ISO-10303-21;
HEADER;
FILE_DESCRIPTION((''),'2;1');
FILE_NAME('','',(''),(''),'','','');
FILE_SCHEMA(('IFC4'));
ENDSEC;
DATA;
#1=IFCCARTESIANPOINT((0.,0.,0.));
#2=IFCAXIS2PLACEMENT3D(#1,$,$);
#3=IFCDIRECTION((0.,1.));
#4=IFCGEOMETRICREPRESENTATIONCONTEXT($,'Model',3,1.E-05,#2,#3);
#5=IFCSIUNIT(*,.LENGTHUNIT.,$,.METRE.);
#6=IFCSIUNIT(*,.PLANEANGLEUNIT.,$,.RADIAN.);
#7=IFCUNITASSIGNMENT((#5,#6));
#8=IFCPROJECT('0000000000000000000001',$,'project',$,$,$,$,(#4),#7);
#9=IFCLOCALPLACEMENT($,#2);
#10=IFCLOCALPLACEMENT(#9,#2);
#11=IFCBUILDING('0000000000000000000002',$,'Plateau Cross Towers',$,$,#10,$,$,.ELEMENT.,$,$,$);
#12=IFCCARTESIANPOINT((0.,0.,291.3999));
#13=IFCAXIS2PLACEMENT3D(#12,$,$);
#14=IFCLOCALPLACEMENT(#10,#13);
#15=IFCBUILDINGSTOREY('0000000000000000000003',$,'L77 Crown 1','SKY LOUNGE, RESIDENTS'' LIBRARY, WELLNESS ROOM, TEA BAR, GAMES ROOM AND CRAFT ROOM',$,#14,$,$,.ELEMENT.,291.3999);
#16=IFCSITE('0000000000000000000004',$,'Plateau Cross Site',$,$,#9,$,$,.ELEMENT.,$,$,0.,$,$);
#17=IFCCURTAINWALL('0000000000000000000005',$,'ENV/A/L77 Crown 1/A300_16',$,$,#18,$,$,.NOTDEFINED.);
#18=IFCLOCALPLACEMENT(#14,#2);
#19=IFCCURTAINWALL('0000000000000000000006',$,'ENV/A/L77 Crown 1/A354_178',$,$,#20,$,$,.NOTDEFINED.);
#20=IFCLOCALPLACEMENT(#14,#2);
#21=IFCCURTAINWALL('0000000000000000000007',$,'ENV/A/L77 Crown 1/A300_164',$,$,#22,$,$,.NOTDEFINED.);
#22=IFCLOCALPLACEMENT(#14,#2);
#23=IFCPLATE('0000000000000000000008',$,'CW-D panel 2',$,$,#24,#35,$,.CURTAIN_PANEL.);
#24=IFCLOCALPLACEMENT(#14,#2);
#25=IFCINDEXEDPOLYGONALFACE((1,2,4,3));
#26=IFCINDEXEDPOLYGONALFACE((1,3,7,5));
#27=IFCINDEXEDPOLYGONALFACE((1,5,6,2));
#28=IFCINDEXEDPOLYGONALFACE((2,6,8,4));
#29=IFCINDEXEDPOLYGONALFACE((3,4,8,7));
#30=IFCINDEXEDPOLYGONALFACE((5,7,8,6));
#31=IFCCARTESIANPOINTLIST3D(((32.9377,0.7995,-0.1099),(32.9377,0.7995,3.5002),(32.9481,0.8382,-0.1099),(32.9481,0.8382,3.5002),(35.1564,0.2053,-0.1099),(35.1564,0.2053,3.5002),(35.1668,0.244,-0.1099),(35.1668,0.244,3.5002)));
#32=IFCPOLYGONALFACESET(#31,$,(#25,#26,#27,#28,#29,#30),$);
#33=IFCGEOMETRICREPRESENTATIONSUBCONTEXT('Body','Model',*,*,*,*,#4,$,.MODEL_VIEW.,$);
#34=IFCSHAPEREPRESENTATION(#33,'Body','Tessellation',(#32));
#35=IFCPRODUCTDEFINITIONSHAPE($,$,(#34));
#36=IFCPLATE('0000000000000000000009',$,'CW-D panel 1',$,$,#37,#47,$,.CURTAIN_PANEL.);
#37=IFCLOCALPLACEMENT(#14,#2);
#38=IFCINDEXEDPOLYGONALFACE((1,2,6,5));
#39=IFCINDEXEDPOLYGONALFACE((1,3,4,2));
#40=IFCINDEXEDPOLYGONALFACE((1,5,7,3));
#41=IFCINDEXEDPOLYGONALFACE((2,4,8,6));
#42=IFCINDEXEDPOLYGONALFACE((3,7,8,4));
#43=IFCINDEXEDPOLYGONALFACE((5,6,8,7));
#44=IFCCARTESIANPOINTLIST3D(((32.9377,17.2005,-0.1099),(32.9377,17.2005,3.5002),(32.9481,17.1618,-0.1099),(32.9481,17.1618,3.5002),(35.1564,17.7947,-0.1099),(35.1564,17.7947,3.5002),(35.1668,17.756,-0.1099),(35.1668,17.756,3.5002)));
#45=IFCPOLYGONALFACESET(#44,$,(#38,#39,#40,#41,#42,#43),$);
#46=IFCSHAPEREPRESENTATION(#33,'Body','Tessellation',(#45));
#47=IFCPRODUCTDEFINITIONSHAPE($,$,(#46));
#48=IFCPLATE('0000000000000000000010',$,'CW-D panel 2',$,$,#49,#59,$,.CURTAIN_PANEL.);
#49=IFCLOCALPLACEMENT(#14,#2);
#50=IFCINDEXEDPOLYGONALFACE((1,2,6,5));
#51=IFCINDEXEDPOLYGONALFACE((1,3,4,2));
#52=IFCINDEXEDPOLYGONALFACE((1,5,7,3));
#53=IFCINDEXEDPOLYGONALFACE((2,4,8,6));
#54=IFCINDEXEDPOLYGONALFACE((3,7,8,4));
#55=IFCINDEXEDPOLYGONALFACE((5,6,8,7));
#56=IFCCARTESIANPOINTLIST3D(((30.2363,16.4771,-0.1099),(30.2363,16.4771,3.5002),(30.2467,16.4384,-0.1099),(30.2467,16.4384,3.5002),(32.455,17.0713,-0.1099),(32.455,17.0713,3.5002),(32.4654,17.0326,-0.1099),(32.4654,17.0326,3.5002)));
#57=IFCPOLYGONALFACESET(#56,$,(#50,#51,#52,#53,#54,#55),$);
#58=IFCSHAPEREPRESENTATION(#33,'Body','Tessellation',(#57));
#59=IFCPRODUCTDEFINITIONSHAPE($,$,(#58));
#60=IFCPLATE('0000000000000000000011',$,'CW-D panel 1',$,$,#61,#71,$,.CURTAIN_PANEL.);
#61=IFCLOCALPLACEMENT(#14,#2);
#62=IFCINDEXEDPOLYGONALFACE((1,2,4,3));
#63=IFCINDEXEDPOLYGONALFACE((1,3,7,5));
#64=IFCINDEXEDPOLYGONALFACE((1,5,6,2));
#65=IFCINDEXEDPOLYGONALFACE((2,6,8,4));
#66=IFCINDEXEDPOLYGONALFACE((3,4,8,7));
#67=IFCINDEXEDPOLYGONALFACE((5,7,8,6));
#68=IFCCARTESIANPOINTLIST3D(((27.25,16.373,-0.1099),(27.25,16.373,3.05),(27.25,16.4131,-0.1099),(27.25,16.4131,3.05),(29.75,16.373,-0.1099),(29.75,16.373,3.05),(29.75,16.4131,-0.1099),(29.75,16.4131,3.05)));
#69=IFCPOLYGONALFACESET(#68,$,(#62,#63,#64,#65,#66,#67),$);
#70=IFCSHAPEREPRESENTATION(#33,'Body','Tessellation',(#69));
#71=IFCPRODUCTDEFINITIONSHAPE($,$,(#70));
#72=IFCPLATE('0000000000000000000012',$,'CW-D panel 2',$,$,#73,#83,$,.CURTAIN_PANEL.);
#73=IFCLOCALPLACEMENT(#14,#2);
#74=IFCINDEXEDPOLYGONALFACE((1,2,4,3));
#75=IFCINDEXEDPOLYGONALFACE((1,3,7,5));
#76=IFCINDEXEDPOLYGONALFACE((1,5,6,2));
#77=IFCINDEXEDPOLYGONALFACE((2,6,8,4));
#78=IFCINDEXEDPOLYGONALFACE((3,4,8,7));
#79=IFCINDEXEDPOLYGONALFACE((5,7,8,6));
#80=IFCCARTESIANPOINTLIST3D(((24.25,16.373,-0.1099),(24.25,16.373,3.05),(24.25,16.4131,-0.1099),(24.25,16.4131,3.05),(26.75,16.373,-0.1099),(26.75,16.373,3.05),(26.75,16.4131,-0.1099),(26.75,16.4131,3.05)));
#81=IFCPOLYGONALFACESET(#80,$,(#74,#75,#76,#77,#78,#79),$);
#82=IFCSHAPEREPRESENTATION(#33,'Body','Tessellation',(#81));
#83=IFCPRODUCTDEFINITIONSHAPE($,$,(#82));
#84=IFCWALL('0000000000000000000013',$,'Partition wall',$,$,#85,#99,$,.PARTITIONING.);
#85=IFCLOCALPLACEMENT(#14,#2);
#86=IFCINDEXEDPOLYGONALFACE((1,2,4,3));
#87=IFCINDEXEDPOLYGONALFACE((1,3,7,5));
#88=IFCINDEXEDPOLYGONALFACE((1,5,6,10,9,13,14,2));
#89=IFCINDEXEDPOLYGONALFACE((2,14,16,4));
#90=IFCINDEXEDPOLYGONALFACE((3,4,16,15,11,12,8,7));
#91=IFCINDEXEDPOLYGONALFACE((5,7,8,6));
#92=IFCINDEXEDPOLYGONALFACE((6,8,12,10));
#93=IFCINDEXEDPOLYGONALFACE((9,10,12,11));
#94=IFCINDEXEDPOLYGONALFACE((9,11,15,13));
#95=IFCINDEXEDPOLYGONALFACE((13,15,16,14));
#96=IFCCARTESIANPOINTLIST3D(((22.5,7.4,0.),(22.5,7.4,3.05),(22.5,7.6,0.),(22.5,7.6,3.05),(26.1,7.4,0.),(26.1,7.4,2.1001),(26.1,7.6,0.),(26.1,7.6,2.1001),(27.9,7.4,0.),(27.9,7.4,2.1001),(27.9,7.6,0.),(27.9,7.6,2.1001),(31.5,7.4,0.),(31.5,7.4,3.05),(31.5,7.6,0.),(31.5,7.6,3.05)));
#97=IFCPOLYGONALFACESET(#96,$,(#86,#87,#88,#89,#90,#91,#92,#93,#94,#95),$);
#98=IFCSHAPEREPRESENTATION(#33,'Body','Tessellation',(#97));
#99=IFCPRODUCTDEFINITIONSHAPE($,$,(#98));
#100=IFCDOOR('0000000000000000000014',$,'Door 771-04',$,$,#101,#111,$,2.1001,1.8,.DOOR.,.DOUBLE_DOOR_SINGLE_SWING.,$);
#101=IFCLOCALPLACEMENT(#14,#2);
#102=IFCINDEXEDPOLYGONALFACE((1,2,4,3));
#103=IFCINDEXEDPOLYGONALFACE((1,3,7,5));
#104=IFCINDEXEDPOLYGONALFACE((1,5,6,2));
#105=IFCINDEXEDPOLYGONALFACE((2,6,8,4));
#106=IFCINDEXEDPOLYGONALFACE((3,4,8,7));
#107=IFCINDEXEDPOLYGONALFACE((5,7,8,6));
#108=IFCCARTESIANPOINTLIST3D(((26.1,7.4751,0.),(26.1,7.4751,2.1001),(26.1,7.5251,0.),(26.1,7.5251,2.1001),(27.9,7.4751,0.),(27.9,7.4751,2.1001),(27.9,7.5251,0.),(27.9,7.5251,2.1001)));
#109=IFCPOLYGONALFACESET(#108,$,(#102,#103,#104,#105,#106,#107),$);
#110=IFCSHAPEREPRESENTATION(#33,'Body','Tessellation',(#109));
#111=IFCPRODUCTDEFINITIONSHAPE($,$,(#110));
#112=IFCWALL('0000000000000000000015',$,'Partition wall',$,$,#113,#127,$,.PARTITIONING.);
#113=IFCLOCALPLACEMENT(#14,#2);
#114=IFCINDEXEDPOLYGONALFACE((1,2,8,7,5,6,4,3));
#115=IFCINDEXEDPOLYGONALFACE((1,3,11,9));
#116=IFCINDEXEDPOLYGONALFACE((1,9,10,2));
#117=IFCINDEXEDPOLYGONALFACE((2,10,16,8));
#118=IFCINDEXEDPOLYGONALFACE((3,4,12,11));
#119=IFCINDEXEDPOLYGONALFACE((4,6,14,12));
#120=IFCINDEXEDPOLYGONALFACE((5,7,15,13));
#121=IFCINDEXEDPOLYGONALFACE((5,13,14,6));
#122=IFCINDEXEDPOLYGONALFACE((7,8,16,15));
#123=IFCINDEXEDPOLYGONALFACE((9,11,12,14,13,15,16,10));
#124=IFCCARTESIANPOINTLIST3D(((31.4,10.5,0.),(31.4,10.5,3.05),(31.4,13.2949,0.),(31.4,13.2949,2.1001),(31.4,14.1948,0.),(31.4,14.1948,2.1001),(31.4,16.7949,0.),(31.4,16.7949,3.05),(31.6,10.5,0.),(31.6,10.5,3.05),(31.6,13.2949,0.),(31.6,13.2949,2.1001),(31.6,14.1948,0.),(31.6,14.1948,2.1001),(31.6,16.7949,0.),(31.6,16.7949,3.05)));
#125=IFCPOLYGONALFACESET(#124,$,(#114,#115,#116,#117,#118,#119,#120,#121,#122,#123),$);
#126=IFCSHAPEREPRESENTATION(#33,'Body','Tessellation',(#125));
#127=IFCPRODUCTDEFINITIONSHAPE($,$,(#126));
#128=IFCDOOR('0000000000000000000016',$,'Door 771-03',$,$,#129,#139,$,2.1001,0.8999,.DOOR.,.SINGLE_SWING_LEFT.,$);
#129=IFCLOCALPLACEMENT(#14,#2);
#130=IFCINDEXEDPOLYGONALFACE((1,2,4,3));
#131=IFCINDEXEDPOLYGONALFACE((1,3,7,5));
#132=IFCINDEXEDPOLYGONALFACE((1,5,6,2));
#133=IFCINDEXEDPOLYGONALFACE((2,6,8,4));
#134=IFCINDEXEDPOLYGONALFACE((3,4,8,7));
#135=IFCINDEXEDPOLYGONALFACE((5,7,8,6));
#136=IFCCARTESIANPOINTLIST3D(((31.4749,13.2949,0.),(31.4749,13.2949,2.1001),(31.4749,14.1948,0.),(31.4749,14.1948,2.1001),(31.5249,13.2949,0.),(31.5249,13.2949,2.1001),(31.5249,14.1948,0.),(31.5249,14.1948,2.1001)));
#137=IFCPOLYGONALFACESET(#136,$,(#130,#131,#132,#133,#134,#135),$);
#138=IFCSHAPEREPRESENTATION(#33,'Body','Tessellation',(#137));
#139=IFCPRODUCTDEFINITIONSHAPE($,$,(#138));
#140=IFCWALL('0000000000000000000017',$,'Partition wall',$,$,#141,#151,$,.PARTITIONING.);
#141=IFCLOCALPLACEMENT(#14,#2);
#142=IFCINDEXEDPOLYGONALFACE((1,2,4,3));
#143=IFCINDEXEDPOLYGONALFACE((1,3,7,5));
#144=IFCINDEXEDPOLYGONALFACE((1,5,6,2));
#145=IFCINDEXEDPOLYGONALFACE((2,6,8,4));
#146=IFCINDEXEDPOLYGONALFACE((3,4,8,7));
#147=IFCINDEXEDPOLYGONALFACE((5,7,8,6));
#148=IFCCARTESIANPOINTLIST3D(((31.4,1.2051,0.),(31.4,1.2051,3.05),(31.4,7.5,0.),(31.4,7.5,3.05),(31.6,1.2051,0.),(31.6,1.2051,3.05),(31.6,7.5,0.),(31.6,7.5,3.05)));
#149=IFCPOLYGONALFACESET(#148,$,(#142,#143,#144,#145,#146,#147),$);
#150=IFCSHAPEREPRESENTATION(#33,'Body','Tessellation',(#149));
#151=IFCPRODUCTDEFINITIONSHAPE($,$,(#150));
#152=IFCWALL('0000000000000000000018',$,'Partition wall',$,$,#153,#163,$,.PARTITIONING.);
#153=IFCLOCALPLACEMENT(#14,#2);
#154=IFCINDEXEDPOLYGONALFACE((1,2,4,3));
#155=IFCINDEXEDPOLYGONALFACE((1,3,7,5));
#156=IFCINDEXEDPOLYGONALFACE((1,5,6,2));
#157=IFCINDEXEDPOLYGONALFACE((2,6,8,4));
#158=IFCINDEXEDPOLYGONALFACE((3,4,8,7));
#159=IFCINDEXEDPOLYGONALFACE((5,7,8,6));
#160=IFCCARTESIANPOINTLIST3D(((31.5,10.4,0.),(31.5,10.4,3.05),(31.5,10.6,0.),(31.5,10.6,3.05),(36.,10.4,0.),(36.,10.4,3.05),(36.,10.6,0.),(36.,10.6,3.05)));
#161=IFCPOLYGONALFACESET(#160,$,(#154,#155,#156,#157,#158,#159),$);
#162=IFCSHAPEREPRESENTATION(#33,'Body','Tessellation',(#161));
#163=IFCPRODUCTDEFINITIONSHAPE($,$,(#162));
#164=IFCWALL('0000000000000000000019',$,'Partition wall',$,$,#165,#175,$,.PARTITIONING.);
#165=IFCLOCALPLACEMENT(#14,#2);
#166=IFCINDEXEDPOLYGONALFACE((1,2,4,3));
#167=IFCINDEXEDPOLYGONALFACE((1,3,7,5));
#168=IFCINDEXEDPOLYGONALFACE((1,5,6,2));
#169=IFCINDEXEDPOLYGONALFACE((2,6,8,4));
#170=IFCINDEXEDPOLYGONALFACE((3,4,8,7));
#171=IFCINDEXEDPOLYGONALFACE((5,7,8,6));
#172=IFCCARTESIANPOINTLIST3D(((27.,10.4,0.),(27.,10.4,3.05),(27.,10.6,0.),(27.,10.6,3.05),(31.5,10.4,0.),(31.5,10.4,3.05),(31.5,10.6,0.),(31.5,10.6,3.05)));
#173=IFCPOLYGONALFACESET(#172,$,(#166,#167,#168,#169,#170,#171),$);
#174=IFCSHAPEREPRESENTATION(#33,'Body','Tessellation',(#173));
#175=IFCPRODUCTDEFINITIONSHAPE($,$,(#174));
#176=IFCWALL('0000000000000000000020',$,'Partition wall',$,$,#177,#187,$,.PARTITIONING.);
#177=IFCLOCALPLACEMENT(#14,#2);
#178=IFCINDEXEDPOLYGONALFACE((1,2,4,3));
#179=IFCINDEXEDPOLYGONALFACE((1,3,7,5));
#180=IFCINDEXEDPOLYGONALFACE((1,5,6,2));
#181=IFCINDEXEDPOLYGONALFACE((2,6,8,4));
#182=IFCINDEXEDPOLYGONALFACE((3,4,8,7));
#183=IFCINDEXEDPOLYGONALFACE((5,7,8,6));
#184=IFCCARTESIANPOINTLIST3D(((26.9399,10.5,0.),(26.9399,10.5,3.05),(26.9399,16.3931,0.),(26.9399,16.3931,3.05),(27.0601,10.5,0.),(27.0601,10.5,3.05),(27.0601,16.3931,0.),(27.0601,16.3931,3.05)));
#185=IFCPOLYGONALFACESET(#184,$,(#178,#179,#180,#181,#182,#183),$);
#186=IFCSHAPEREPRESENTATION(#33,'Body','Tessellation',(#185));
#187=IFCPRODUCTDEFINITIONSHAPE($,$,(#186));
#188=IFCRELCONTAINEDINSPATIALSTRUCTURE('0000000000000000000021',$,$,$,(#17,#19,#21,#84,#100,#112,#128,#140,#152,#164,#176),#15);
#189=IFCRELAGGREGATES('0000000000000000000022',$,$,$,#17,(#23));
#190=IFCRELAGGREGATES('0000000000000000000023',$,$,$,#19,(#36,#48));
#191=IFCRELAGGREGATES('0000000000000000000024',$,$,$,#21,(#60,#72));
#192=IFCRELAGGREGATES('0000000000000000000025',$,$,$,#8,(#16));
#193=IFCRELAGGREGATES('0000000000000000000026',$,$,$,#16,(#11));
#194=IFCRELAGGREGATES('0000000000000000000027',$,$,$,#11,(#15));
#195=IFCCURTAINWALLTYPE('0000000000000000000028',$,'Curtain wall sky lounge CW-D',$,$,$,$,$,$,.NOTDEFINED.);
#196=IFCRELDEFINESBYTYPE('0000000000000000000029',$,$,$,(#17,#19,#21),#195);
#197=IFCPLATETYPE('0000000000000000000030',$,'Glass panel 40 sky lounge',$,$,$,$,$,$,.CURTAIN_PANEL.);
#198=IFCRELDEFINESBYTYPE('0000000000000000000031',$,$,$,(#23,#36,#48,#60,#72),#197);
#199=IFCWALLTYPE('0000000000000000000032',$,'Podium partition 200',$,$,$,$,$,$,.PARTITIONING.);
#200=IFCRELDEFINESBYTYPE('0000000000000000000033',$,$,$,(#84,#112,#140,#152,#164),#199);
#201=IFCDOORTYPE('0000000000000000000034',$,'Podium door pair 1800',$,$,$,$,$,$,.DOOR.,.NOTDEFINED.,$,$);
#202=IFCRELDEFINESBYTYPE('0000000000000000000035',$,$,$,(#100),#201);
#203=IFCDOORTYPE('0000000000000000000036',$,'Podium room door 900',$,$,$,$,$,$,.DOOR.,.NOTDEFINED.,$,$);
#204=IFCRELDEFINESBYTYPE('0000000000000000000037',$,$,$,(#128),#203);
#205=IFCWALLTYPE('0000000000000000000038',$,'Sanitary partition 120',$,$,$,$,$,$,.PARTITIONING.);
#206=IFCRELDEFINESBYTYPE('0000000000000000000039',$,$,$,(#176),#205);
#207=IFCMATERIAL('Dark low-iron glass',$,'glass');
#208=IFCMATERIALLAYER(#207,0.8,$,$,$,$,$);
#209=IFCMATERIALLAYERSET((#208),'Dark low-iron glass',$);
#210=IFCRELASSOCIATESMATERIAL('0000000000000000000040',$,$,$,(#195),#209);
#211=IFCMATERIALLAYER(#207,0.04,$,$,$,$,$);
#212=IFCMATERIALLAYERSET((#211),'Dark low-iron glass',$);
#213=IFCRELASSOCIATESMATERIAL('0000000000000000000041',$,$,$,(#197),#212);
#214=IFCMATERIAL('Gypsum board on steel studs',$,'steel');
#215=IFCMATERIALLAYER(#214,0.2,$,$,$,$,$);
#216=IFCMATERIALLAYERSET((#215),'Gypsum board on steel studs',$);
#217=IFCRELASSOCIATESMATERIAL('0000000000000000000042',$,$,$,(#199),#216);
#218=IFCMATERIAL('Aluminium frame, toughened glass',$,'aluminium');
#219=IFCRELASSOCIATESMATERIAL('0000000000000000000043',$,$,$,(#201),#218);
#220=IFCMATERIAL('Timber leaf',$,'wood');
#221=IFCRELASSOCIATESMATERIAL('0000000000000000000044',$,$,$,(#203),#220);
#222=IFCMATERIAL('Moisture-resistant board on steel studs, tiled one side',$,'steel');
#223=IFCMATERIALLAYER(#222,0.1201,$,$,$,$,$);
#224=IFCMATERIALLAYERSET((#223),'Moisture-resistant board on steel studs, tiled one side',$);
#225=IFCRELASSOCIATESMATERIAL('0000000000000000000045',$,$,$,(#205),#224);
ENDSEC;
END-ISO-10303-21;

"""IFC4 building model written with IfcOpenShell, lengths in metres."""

from ifc_helpers import new_model, si_unit, direction, frame, frame_2d, origin, origin_2d, place, context, subcontext, project, spatial, rectangle, extrude, material, layer, layer_set, type_object, element, fill, aggregate, save


model = new_model("IFC4")

# Units and contexts
model_context = context("Model", 3, precision=1e-05, world=origin(), true_north=direction((0.0, 1.0)))
body_context = subcontext(model_context, "Body", "Model", "MODEL_VIEW")
ifc_project = project(units=[si_unit("LENGTHUNIT", "METRE"), si_unit("PLANEANGLEUNIT", "RADIAN")], contexts=[model_context])

# Site, building, storey
site_placement = place(None, origin())
site = spatial("IfcSite", under=ifc_project, at=site_placement, Name="Plateau Cross Site", CompositionType="ELEMENT", RefElevation=0.0)
building_placement = place(site_placement, origin())
building = spatial("IfcBuilding", under=site, at=building_placement, Name="Plateau Cross Towers", CompositionType="ELEMENT")
storey_placement = place(building_placement, frame((0.0, 0.0, 291.3999)))
storey = spatial("IfcBuildingStorey", under=building, at=storey_placement, Name="L77 Crown 1", Description="SKY LOUNGE, RESIDENTS' LIBRARY, WELLNESS ROOM, TEA BAR, GAMES ROOM AND CRAFT ROOM", CompositionType="ELEMENT", Elevation=291.3999)

# Shared definitions
ifc_material_1 = material(Name="Dark low-iron glass", Category="glass")
ifc_layer_1 = layer(ifc_material_1, 0.8)
ifc_layer_set_1 = layer_set([ifc_layer_1], Name="Dark low-iron glass")
curtain_wall_type = type_object("IfcCurtainWallType", Name="Curtain wall sky lounge CW-D", PredefinedType="NOTDEFINED", material=ifc_layer_set_1)

# Curtain walls
curtain_wall_1_placement = place(storey_placement, origin())
curtain_wall_1 = element("IfcCurtainWall", 1, at=curtain_wall_1_placement, inside=storey, type_object=curtain_wall_type, Name="ENV/A/L77 Crown 1/A300_16", PredefinedType="NOTDEFINED")
curtain_wall_2_placement = place(storey_placement, origin())
curtain_wall_2 = element("IfcCurtainWall", 2, at=curtain_wall_2_placement, inside=storey, type_object=curtain_wall_type, Name="ENV/A/L77 Crown 1/A354_178", PredefinedType="NOTDEFINED")
curtain_wall_3_placement = place(storey_placement, origin())
curtain_wall_3 = element("IfcCurtainWall", 3, at=curtain_wall_3_placement, inside=storey, type_object=curtain_wall_type, Name="ENV/A/L77 Crown 1/A300_164", PredefinedType="NOTDEFINED")

# Plates
ifc_layer_2 = layer(ifc_material_1, 0.04)
ifc_layer_set_2 = layer_set([ifc_layer_2], Name="Dark low-iron glass")
plate_type = type_object("IfcPlateType", Name="Glass panel 40 sky lounge", PredefinedType="CURTAIN_PANEL", material=ifc_layer_set_2)
plate_1_placement = place(storey_placement, frame((34.0522, 0.5217, -0.1099), z_axis=(0.0, 0.0, 1.0), x_axis=(0.965958, -0.258699, 0.0)))
plate_1 = element("IfcPlate", 4, at=plate_1_placement, type_object=plate_type, Name="CW-D panel 2", PredefinedType="CURTAIN_PANEL", context=body_context, shape_type="SweptSolid", body=[
    extrude(rectangle(XDim=2.2969, YDim=0.04, at=origin_2d()), origin(), (0.0, 0.0, 1.0), 3.6101),
])
aggregate(curtain_wall_1, [plate_1])
plate_2_placement = place(storey_placement, frame((34.0522, 17.4783, -0.1099), z_axis=(0.0, 0.0, 1.0), x_axis=(-0.965958, -0.258699, 0.0)))
plate_2 = element("IfcPlate", 5, at=plate_2_placement, type_object=plate_type, Name="CW-D panel 1", PredefinedType="CURTAIN_PANEL", context=body_context, shape_type="SweptSolid", body=[
    extrude(rectangle(XDim=2.2969, YDim=0.04, at=origin_2d()), origin(), (0.0, 0.0, 1.0), 3.6101),
])
plate_3_placement = place(storey_placement, frame((31.3508, 16.7549, -0.1099), z_axis=(0.0, 0.0, 1.0), x_axis=(-0.965958, -0.258699, 0.0)))
plate_3 = element("IfcPlate", 6, at=plate_3_placement, type_object=plate_type, Name="CW-D panel 2", PredefinedType="CURTAIN_PANEL", context=body_context, shape_type="SweptSolid", body=[
    extrude(rectangle(XDim=2.2969, YDim=0.04, at=origin_2d()), origin(), (0.0, 0.0, 1.0), 3.6101),
])
aggregate(curtain_wall_2, [plate_2, plate_3])
plate_4_placement = place(storey_placement, frame((28.5, 16.3931, -0.1099), z_axis=(0.0, 0.0, 1.0), x_axis=(-1.0, 0.0, 0.0)))
plate_4 = element("IfcPlate", 7, at=plate_4_placement, type_object=plate_type, Name="CW-D panel 1", PredefinedType="CURTAIN_PANEL", context=body_context, shape_type="SweptSolid", body=[
    extrude(rectangle(XDim=2.5, YDim=0.04, at=origin_2d()), origin(), (0.0, 0.0, 1.0), 3.1599),
])
plate_5_placement = place(storey_placement, frame((25.5, 16.3931, -0.1099), z_axis=(0.0, 0.0, 1.0), x_axis=(-1.0, 0.0, 0.0)))
plate_5 = element("IfcPlate", 8, at=plate_5_placement, type_object=plate_type, Name="CW-D panel 2", PredefinedType="CURTAIN_PANEL", context=body_context, shape_type="SweptSolid", body=[
    extrude(rectangle(XDim=2.5, YDim=0.04, at=origin_2d()), origin(), (0.0, 0.0, 1.0), 3.1599),
])
aggregate(curtain_wall_3, [plate_4, plate_5])

# Walls, openings, doors
ifc_material_2 = material(Name="Gypsum board on steel studs", Category="steel")
ifc_layer_3 = layer(ifc_material_2, 0.2)
ifc_layer_set_3 = layer_set([ifc_layer_3], Name="Gypsum board on steel studs")
wall_type_1 = type_object("IfcWallType", Name="Podium partition 200", PredefinedType="PARTITIONING", material=ifc_layer_set_3)
wall_1_placement = place(storey_placement, frame((31.5, 7.5, 0.0), z_axis=(0.0, 0.0, 1.0), x_axis=(-1.0, 0.0, 0.0)))
wall_1 = element("IfcWall", 9, at=wall_1_placement, inside=storey, type_object=wall_type_1, Name="Partition wall", PredefinedType="PARTITIONING", context=body_context, shape_type="SweptSolid", body=[
    extrude(rectangle(XDim=9.0, YDim=0.2, at=frame_2d((4.5, 0.0))), origin(), (0.0, 0.0, 1.0), 3.05),
])
opening_1_placement = place(wall_1_placement, frame((3.6001, 0.0, 0.0)))
opening_1 = element("IfcOpeningElement", 10, at=opening_1_placement, cuts=wall_1, PredefinedType="OPENING", context=body_context, shape_type="SweptSolid", body=[
    extrude(rectangle(XDim=1.8, YDim=2.1001, at=frame_2d((0.8999, 1.05))), frame((0.0, 0.1099, 0.0), z_axis=(0.0, -1.0, 0.0), x_axis=(1.0, 0.0, 0.0)), (0.0, 0.0, 1.0), 0.22),
])
ifc_material_3 = material(Name="Aluminium frame, toughened glass", Category="aluminium")
door_type_1 = type_object("IfcDoorType", Name="Podium door pair 1800", OperationType="NOTDEFINED", PredefinedType="DOOR", material=ifc_material_3)
door_1_placement = place(opening_1_placement, origin())
door_1 = element("IfcDoor", 11, at=door_1_placement, inside=storey, type_object=door_type_1, Name="Door 771-04", OperationType="DOUBLE_DOOR_SINGLE_SWING", OverallHeight=2.1001, OverallWidth=1.8, PredefinedType="DOOR", context=body_context, shape_type="SweptSolid", body=[
    extrude(rectangle(XDim=1.8, YDim=2.1001, at=frame_2d((0.8999, 1.05))), frame((0.0, 0.0249, 0.0), z_axis=(0.0, -1.0, 0.0), x_axis=(1.0, 0.0, 0.0)), (0.0, 0.0, 1.0), 0.05),
])
fill(opening_1, door_1)
wall_2_placement = place(storey_placement, frame((31.5, 16.7949, 0.0), z_axis=(0.0, 0.0, 1.0), x_axis=(0.0, -1.0, 0.0)))
wall_2 = element("IfcWall", 12, at=wall_2_placement, inside=storey, type_object=wall_type_1, Name="Partition wall", PredefinedType="PARTITIONING", context=body_context, shape_type="SweptSolid", body=[
    extrude(rectangle(XDim=6.2949, YDim=0.2, at=frame_2d((3.1475, 0.0))), origin(), (0.0, 0.0, 1.0), 3.05),
])
opening_2_placement = place(wall_2_placement, frame((2.6001, 0.0, 0.0)))
opening_2 = element("IfcOpeningElement", 13, at=opening_2_placement, cuts=wall_2, PredefinedType="OPENING", context=body_context, shape_type="SweptSolid", body=[
    extrude(rectangle(XDim=0.8999, YDim=2.1001, at=frame_2d((0.45, 1.05))), frame((0.0, 0.1099, 0.0), z_axis=(0.0, -1.0, 0.0), x_axis=(1.0, 0.0, 0.0)), (0.0, 0.0, 1.0), 0.22),
])
ifc_material_4 = material(Name="Timber leaf", Category="wood")
door_type_2 = type_object("IfcDoorType", Name="Podium room door 900", OperationType="NOTDEFINED", PredefinedType="DOOR", material=ifc_material_4)
door_2_placement = place(opening_2_placement, origin())
door_2 = element("IfcDoor", 14, at=door_2_placement, inside=storey, type_object=door_type_2, Name="Door 771-03", OperationType="SINGLE_SWING_LEFT", OverallHeight=2.1001, OverallWidth=0.8999, PredefinedType="DOOR", context=body_context, shape_type="SweptSolid", body=[
    extrude(rectangle(XDim=0.8999, YDim=2.1001, at=frame_2d((0.45, 1.05))), frame((0.0, 0.0249, 0.0), z_axis=(0.0, -1.0, 0.0), x_axis=(1.0, 0.0, 0.0)), (0.0, 0.0, 1.0), 0.05),
])
fill(opening_2, door_2)

# Walls
wall_3_placement = place(storey_placement, frame((31.5, 7.5, 0.0), z_axis=(0.0, 0.0, 1.0), x_axis=(0.0, -1.0, 0.0)))
element("IfcWall", 15, at=wall_3_placement, inside=storey, type_object=wall_type_1, Name="Partition wall", PredefinedType="PARTITIONING", context=body_context, shape_type="SweptSolid", body=[
    extrude(rectangle(XDim=6.2949, YDim=0.2, at=frame_2d((3.1475, 0.0))), origin(), (0.0, 0.0, 1.0), 3.05),
])
for number, where, z_axis, x_axis, name in (
    (16, (31.5, 10.5, 0.0), (0.0, 0.0, 1.0), (1.0, 0.0, 0.0), "Partition wall"),
    (17, (27.0, 10.5, 0.0), (0.0, 0.0, 1.0), (1.0, 0.0, 0.0), "Partition wall"),
):
    element("IfcWall", number, at=place(storey_placement, frame(where, z_axis=z_axis, x_axis=x_axis)), inside=storey, type_object=wall_type_1, Name=name, PredefinedType="PARTITIONING", context=body_context, shape_type="SweptSolid", body=[
        extrude(rectangle(XDim=4.5, YDim=0.2, at=frame_2d((2.25, 0.0))), origin(), (0.0, 0.0, 1.0), 3.05),
    ])
ifc_material_5 = material(Name="Moisture-resistant board on steel studs, tiled one side", Category="steel")
ifc_layer_4 = layer(ifc_material_5, 0.1201)
ifc_layer_set_4 = layer_set([ifc_layer_4], Name="Moisture-resistant board on steel studs, tiled one side")
wall_type_2 = type_object("IfcWallType", Name="Sanitary partition 120", PredefinedType="PARTITIONING", material=ifc_layer_set_4)
wall_4_placement = place(storey_placement, frame((27.0, 16.3931, 0.0), z_axis=(0.0, 0.0, 1.0), x_axis=(0.0, -1.0, 0.0)))
element("IfcWall", 18, at=wall_4_placement, inside=storey, type_object=wall_type_2, Name="Partition wall", PredefinedType="PARTITIONING", context=body_context, shape_type="SweptSolid", body=[
    extrude(rectangle(XDim=5.8931, YDim=0.1201, at=frame_2d((2.9465, 0.0))), origin(), (0.0, 0.0, 1.0), 3.05),
])

save(model, "model.ifc")
